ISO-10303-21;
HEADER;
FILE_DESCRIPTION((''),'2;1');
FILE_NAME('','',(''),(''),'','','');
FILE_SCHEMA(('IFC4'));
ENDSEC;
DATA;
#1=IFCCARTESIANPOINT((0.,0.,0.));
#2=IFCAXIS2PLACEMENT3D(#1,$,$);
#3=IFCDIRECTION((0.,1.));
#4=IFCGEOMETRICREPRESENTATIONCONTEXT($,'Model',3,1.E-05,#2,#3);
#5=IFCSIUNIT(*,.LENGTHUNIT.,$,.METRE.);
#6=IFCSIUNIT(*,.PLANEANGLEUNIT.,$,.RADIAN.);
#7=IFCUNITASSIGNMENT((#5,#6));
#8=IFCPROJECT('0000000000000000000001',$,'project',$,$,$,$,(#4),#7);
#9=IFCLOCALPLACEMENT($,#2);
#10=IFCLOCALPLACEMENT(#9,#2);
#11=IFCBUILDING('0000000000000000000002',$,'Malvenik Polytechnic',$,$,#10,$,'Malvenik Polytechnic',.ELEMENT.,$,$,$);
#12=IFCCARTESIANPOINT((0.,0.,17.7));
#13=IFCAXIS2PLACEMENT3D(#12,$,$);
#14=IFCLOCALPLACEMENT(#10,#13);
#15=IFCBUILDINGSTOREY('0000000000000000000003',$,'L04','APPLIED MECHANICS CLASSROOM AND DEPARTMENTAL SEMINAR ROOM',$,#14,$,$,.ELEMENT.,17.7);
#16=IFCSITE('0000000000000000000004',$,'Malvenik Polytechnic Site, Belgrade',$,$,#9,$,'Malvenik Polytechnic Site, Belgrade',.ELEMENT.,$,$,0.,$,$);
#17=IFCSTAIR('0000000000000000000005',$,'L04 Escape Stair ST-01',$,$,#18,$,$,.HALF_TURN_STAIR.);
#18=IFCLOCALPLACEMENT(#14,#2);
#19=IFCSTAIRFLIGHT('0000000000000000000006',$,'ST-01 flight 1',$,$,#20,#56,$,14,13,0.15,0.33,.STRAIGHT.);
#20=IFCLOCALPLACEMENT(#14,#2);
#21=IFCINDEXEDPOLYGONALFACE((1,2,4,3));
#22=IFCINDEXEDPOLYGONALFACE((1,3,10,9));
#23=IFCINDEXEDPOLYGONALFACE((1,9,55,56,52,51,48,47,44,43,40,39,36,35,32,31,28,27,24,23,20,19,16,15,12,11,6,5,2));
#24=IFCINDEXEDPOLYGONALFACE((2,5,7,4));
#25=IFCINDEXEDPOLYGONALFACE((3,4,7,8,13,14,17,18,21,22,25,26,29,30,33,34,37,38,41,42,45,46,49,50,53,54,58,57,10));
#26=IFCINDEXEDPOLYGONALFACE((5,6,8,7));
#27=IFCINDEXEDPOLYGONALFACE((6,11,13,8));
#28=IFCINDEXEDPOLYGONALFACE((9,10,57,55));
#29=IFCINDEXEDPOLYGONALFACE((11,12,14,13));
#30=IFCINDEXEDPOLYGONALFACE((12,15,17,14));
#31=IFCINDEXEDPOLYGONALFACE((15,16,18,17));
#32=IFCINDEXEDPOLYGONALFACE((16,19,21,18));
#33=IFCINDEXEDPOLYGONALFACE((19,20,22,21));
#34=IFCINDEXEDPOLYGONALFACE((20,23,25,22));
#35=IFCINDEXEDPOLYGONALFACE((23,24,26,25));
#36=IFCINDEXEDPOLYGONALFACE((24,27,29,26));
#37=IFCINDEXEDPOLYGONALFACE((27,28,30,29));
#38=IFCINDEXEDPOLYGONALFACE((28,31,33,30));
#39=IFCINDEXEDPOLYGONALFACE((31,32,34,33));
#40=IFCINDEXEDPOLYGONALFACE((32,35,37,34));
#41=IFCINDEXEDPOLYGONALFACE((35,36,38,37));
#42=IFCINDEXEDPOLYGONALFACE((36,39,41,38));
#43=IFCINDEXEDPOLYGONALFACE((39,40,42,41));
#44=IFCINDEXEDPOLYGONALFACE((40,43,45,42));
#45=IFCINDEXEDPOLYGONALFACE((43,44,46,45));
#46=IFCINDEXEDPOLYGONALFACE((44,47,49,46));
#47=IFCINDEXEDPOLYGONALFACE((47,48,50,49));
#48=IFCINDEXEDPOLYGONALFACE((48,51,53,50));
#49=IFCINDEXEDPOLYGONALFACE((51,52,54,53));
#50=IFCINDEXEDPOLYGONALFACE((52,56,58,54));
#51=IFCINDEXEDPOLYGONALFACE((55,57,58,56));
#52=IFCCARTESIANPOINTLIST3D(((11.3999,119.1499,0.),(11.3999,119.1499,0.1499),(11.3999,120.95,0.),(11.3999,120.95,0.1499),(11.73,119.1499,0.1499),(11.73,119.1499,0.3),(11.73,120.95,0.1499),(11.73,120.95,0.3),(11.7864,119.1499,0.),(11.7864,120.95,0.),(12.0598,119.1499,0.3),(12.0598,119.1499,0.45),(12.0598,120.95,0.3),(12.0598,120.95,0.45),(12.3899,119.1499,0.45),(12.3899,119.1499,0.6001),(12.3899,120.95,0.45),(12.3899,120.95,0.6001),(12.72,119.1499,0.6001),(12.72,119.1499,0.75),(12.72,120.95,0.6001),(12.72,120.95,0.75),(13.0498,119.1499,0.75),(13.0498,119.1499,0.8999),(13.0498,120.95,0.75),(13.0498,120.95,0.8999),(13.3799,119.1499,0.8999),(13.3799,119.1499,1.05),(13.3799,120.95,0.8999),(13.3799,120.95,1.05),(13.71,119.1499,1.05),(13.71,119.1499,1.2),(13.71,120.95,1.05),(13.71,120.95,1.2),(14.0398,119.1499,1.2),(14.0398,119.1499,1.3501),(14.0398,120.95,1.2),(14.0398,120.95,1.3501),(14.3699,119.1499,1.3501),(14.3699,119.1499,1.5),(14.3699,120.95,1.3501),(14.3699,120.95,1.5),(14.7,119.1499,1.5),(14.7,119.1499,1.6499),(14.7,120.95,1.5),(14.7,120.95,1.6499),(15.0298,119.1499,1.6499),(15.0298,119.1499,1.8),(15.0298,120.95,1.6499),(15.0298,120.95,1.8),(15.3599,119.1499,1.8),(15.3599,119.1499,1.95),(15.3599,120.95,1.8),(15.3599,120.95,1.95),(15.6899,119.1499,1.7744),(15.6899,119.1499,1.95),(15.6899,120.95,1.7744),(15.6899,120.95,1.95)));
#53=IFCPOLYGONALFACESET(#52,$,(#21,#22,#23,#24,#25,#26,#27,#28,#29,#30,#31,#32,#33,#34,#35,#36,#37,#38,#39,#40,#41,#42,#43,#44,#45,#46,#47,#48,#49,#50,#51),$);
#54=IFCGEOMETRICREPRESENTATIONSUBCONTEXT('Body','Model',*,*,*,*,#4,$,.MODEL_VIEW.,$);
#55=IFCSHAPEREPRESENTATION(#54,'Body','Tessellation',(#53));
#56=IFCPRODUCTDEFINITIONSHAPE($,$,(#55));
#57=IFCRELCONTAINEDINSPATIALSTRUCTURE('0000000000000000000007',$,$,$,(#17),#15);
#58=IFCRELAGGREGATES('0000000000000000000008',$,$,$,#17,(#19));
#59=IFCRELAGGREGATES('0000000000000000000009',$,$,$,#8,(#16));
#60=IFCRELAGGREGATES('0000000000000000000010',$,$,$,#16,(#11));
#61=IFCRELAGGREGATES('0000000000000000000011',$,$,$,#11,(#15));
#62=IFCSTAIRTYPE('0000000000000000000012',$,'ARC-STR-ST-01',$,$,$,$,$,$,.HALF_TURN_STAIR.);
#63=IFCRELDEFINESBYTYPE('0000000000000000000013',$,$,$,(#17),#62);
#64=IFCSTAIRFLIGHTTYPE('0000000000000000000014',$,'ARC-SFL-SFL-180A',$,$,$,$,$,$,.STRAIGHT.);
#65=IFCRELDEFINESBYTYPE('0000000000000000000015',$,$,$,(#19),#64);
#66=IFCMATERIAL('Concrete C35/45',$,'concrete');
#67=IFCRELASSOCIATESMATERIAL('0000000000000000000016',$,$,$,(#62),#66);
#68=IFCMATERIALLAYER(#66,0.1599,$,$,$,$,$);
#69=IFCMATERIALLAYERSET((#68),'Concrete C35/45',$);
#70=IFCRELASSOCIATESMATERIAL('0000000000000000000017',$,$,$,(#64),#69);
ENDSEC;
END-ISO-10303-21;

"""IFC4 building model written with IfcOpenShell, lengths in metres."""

from ifc_helpers import new_model, si_unit, direction, frame, origin, place, context, subcontext, project, spatial, polyline, outline, extrude, material, layer, layer_set, type_object, element, aggregate, save


model = new_model("IFC4")

# Units and contexts
model_context = context("Model", 3, precision=1e-05, world=origin(), true_north=direction((0.0, 1.0)))
body_context = subcontext(model_context, "Body", "Model", "MODEL_VIEW")
ifc_project = project(units=[si_unit("LENGTHUNIT", "METRE"), si_unit("PLANEANGLEUNIT", "RADIAN")], contexts=[model_context])

# Site, building, storey
site_placement = place(None, origin())
site = spatial("IfcSite", under=ifc_project, at=site_placement, Name="Malvenik Polytechnic Site, Belgrade", LongName="Malvenik Polytechnic Site, Belgrade", CompositionType="ELEMENT", RefElevation=0.0)
building_placement = place(site_placement, origin())
building = spatial("IfcBuilding", under=site, at=building_placement, Name="Malvenik Polytechnic", LongName="Malvenik Polytechnic", CompositionType="ELEMENT")
storey_placement = place(building_placement, frame((0.0, 0.0, 17.7)))
storey = spatial("IfcBuildingStorey", under=building, at=storey_placement, Name="L04", Description="APPLIED MECHANICS CLASSROOM AND DEPARTMENTAL SEMINAR ROOM", CompositionType="ELEMENT", Elevation=17.7)

# Shared definitions
ifc_material_1 = material(Name="Concrete C35/45", Category="concrete")

# Stair, stair flight
stair_type = type_object("IfcStairType", Name="ARC-STR-ST-01", PredefinedType="HALF_TURN_STAIR", material=ifc_material_1)
stair_placement = place(storey_placement, origin())
stair = element("IfcStair", 1, at=stair_placement, inside=storey, type_object=stair_type, Name="L04 Escape Stair ST-01", PredefinedType="HALF_TURN_STAIR")
ifc_layer_1 = layer(ifc_material_1, 0.1599)
ifc_layer_set_1 = layer_set([ifc_layer_1], Name="Concrete C35/45")
stair_flight_type = type_object("IfcStairFlightType", Name="ARC-SFL-SFL-180A", PredefinedType="STRAIGHT", material=ifc_layer_set_1)
stair_flight_placement = place(storey_placement, frame((11.3999, 120.05, 0.0), z_axis=(0.0, 0.0, 1.0), x_axis=(1.0, 0.0, 0.0)))
stair_flight = element("IfcStairFlight", 2, at=stair_flight_placement, type_object=stair_flight_type, Name="ST-01 flight 1", NumberOfRisers=14, NumberOfTreads=13, PredefinedType="STRAIGHT", RiserHeight=0.15, TreadLength=0.33, context=body_context, shape_type="SweptSolid", body=[
    extrude(outline(polyline([(0.0, 0.0), (0.0, 0.1499), (0.3301, 0.1499), (0.3301, 0.3), (0.6599, 0.3), (0.6599, 0.45), (0.99, 0.45), (0.99, 0.6001), (1.3201, 0.6001), (1.3201, 0.75), (1.6499, 0.75), (1.6499, 0.8999), (1.98, 0.8999), (1.98, 1.05), (2.3101, 1.05), (2.3101, 1.2), (2.6399, 1.2), (2.6399, 1.3501), (2.97, 1.3501), (2.97, 1.5), (3.3, 1.5), (3.3, 1.6499), (3.6299, 1.6499), (3.6299, 1.8), (3.96, 1.8), (3.96, 1.95), (4.29, 1.95), (4.29, 2.1001), (4.29, 1.7744), (0.3865, 0.0), (0.0, 0.0)])), frame((0.0, 0.8999, 0.0), z_axis=(0.0, -1.0, 0.0), x_axis=(1.0, 0.0, 0.0)), (0.0, 0.0, 1.0), 1.8),
])
aggregate(stair, [stair_flight])

save(model, "model.ifc")
